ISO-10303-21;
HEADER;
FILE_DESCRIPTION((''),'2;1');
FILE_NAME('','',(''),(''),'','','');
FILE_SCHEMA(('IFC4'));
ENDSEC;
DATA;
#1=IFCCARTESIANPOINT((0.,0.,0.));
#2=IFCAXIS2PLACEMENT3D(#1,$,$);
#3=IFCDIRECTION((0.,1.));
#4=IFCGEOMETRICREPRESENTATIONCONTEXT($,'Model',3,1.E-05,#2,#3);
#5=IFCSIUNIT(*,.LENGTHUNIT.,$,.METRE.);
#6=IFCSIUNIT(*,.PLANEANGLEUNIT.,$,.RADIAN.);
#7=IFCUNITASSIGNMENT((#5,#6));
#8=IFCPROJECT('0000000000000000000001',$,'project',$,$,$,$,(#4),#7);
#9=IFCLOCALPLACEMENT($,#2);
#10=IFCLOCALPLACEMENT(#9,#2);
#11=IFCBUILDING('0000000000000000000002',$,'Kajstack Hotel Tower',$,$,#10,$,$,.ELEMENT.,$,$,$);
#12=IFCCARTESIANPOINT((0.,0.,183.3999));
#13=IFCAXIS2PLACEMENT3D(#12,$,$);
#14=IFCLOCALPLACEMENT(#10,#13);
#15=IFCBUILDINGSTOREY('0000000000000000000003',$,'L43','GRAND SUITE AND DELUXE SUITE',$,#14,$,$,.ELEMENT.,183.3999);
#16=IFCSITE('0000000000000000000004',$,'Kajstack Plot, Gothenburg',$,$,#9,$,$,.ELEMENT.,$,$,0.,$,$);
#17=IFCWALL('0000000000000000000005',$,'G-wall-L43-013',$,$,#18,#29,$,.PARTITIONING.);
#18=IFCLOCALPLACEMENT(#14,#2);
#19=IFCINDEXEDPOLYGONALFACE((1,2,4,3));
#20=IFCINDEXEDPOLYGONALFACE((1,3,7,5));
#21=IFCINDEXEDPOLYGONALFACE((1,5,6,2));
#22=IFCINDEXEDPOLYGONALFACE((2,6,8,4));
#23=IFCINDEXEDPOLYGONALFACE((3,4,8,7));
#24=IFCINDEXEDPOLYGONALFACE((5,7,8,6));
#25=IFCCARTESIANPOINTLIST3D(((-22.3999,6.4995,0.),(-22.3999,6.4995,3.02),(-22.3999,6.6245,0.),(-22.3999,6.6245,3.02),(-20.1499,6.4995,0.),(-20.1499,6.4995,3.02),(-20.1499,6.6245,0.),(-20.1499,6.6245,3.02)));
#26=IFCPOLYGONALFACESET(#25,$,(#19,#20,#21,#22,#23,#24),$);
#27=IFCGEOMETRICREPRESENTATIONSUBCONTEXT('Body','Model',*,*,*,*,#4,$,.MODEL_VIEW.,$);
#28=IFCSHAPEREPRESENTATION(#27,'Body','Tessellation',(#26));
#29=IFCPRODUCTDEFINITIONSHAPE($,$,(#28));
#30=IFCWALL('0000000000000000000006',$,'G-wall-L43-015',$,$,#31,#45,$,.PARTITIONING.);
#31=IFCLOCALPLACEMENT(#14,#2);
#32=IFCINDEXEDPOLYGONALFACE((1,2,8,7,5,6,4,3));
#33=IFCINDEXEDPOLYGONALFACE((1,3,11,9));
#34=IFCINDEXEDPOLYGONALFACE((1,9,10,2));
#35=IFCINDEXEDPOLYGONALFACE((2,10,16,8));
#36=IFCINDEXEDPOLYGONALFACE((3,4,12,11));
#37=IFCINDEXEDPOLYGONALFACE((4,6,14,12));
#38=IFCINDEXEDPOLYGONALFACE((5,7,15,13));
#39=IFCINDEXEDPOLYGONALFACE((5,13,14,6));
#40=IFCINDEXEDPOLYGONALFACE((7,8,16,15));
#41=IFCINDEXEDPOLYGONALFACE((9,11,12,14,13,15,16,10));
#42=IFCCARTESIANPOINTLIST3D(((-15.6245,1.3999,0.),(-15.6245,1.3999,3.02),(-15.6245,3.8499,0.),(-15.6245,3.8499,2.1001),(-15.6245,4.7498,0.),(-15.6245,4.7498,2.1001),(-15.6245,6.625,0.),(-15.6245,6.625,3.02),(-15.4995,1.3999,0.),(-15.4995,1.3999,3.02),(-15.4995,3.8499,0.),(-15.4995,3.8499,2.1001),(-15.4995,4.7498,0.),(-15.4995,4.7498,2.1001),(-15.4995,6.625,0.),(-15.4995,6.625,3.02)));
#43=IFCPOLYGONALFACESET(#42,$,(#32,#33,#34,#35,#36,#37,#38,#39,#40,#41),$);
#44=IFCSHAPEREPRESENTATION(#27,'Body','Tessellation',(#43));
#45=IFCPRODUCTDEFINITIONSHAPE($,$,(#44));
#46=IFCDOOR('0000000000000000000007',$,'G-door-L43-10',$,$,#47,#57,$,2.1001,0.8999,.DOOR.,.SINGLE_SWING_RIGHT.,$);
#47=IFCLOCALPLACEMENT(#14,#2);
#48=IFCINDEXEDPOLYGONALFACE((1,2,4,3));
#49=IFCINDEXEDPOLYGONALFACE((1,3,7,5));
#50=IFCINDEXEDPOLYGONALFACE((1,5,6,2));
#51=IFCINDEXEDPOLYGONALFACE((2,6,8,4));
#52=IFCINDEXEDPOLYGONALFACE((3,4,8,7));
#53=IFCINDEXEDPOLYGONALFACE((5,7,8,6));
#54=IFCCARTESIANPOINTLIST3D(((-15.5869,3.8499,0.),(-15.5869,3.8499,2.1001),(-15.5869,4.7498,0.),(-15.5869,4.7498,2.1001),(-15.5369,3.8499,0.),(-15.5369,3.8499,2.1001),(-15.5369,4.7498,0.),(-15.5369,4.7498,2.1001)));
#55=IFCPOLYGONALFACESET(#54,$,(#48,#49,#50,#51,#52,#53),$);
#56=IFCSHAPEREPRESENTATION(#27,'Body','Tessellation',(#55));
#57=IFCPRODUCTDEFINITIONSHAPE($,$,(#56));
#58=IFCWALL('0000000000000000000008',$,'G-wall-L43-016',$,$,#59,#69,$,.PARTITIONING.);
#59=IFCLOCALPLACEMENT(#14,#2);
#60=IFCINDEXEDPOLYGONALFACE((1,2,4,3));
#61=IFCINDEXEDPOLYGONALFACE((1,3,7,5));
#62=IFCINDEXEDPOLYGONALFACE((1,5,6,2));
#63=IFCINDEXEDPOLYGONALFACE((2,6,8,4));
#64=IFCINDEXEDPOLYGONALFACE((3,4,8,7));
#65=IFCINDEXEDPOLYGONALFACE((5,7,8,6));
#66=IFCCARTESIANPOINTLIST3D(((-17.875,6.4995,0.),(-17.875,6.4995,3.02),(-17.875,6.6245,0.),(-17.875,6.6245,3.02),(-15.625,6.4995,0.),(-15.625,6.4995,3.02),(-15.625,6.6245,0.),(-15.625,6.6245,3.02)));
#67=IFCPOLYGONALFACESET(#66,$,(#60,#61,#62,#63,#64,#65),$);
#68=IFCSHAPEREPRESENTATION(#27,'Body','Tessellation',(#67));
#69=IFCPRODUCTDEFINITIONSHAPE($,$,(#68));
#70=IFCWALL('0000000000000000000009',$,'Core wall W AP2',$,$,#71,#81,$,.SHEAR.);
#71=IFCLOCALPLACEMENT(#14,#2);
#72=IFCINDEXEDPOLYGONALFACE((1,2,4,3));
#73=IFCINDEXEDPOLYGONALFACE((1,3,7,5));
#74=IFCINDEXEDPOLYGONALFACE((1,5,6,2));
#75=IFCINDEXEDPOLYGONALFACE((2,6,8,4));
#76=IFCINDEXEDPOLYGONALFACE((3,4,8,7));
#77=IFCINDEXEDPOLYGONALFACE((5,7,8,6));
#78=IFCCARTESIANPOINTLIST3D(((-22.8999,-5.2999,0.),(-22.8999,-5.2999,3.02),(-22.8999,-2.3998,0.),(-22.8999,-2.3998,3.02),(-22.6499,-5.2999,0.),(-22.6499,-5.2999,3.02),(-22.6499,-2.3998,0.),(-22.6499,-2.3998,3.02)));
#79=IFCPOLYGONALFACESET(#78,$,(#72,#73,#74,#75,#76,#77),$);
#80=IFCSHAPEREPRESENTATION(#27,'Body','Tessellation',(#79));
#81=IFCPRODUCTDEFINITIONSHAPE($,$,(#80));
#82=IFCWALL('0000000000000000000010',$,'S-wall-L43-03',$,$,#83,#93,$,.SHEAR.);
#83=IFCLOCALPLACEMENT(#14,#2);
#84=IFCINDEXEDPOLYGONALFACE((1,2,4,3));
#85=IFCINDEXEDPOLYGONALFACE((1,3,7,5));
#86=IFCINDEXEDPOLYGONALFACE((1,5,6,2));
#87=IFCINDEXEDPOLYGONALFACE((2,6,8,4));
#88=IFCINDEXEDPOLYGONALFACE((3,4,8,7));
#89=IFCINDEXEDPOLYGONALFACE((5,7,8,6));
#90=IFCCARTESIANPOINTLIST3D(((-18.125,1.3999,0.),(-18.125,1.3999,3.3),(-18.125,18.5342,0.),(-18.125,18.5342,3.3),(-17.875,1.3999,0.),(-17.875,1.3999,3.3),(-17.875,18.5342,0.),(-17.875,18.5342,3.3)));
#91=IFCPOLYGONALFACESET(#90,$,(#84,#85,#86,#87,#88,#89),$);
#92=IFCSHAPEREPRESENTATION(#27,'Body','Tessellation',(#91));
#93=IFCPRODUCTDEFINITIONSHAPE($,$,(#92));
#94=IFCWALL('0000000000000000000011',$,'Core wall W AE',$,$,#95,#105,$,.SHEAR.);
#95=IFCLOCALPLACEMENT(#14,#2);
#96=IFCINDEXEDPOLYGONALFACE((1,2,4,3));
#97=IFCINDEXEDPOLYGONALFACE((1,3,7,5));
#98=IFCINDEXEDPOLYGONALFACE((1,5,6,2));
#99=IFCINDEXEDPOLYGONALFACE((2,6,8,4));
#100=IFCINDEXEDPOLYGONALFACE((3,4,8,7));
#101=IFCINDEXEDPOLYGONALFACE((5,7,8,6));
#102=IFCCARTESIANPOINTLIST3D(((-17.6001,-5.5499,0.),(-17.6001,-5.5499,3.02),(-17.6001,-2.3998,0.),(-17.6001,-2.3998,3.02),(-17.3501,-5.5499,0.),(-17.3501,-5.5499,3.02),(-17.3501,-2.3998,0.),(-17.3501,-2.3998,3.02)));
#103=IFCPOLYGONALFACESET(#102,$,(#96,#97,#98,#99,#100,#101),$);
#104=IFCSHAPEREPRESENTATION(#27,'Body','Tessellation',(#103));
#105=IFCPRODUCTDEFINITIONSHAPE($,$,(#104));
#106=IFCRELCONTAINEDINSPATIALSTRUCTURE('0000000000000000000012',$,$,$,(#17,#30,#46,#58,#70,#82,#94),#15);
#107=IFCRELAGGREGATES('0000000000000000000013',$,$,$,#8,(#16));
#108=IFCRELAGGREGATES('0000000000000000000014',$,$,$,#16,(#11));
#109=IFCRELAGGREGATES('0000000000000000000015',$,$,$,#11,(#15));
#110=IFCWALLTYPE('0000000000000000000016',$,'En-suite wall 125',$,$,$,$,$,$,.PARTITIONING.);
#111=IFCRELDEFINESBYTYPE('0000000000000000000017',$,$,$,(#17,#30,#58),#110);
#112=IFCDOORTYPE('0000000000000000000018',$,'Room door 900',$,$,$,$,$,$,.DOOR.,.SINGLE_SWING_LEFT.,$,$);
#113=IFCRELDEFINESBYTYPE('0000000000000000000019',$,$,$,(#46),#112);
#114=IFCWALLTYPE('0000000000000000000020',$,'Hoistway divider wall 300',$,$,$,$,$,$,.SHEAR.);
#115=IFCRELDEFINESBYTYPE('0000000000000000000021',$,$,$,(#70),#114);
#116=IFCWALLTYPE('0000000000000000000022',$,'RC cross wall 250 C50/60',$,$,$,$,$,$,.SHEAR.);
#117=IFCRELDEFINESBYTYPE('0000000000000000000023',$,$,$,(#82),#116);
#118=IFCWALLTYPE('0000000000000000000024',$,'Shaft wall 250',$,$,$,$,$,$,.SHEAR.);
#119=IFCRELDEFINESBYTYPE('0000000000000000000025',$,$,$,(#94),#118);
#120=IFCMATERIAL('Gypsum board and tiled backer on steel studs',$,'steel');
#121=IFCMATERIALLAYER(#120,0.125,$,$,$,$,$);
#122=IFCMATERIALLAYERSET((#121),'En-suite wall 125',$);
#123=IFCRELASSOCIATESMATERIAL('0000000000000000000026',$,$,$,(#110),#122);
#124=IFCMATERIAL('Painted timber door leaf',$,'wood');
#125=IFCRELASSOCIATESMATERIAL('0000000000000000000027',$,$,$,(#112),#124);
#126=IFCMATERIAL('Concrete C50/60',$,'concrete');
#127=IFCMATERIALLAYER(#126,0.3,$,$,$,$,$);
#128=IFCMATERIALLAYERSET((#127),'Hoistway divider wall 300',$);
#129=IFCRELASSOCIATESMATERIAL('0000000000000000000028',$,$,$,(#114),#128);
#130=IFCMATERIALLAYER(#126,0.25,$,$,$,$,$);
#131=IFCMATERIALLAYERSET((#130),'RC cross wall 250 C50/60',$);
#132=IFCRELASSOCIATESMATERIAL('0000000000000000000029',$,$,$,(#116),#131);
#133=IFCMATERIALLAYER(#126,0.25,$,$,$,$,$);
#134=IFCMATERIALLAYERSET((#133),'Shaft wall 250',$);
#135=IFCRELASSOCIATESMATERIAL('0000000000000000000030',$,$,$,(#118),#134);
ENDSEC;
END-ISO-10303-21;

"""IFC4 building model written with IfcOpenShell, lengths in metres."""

from ifc_helpers import new_model, si_unit, direction, frame, frame_2d, origin, place, context, subcontext, project, spatial, rectangle, extrude, material, layer, layer_set, type_object, element, fill, save


model = new_model("IFC4")

# Units and contexts
model_context = context("Model", 3, precision=1e-05, world=origin(), true_north=direction((0.0, 1.0)))
body_context = subcontext(model_context, "Body", "Model", "MODEL_VIEW")
ifc_project = project(units=[si_unit("LENGTHUNIT", "METRE"), si_unit("PLANEANGLEUNIT", "RADIAN")], contexts=[model_context])

# Site, building, storey
site_placement = place(None, origin())
site = spatial("IfcSite", under=ifc_project, at=site_placement, Name="Kajstack Plot, Gothenburg", CompositionType="ELEMENT", RefElevation=0.0)
building_placement = place(site_placement, origin())
building = spatial("IfcBuilding", under=site, at=building_placement, Name="Kajstack Hotel Tower", CompositionType="ELEMENT")
storey_placement = place(building_placement, frame((0.0, 0.0, 183.3999)))
storey = spatial("IfcBuildingStorey", under=building, at=storey_placement, Name="L43", Description="GRAND SUITE AND DELUXE SUITE", CompositionType="ELEMENT", Elevation=183.3999)

# Shared definitions
ifc_material_1 = material(Name="Gypsum board and tiled backer on steel studs", Category="steel")
ifc_layer_1 = layer(ifc_material_1, 0.125)
ifc_layer_set_1 = layer_set([ifc_layer_1], Name="En-suite wall 125")
wall_type_1 = type_object("IfcWallType", Name="En-suite wall 125", PredefinedType="PARTITIONING", material=ifc_layer_set_1)
ifc_material_2 = material(Name="Painted timber door leaf", Category="wood")
door_type_1 = type_object("IfcDoorType", Name="Room door 900", OperationType="SINGLE_SWING_LEFT", PredefinedType="DOOR", material=ifc_material_2)

# Wall
wall_1_placement = place(storey_placement, frame((-22.3999, 6.562, 0.0), z_axis=(0.0, 0.0, 1.0), x_axis=(1.0, 0.0, 0.0)))
element("IfcWall", 1, at=wall_1_placement, inside=storey, type_object=wall_type_1, Name="G-wall-L43-013", PredefinedType="PARTITIONING", context=body_context, shape_type="SweptSolid", body=[
    extrude(rectangle(XDim=2.25, YDim=0.125, at=frame_2d((1.125, 0.0))), origin(), (0.0, 0.0, 1.0), 3.02),
])

# Wall, opening, door
wall_2_placement = place(storey_placement, frame((-15.562, 1.3999, 0.0), z_axis=(0.0, 0.0, 1.0), x_axis=(0.0, 1.0, 0.0)))
wall_2 = element("IfcWall", 2, at=wall_2_placement, inside=storey, type_object=wall_type_1, Name="G-wall-L43-015", PredefinedType="PARTITIONING", context=body_context, shape_type="SweptSolid", body=[
    extrude(rectangle(XDim=5.2251, YDim=0.125, at=frame_2d((2.6125, 0.0))), origin(), (0.0, 0.0, 1.0), 3.02),
])
opening_1_placement = place(wall_2_placement, frame((2.45, 0.0, 0.0)))
opening_1 = element("IfcOpeningElement", 3, at=opening_1_placement, cuts=wall_2, PredefinedType="OPENING", context=body_context, shape_type="SweptSolid", body=[
    extrude(rectangle(XDim=0.8999, YDim=2.1001, at=frame_2d((0.45, 1.05))), frame((0.0, 0.0725, 0.0), z_axis=(0.0, -1.0, 0.0), x_axis=(1.0, 0.0, 0.0)), (0.0, 0.0, 1.0), 0.145),
])
door_1_placement = place(opening_1_placement, origin())
door_1 = element("IfcDoor", 4, at=door_1_placement, inside=storey, type_object=door_type_1, Name="G-door-L43-10", OperationType="SINGLE_SWING_RIGHT", OverallHeight=2.1001, OverallWidth=0.8999, PredefinedType="DOOR", context=body_context, shape_type="SweptSolid", body=[
    extrude(rectangle(XDim=0.8999, YDim=2.1001, at=frame_2d((0.45, 1.05))), frame((0.0, 0.0249, 0.0), z_axis=(0.0, -1.0, 0.0), x_axis=(1.0, 0.0, 0.0)), (0.0, 0.0, 1.0), 0.05),
])
fill(opening_1, door_1)

# Walls
wall_3_placement = place(storey_placement, frame((-17.875, 6.562, 0.0), z_axis=(0.0, 0.0, 1.0), x_axis=(1.0, 0.0, 0.0)))
element("IfcWall", 5, at=wall_3_placement, inside=storey, type_object=wall_type_1, Name="G-wall-L43-016", PredefinedType="PARTITIONING", context=body_context, shape_type="SweptSolid", body=[
    extrude(rectangle(XDim=2.25, YDim=0.125, at=frame_2d((1.125, 0.0))), origin(), (0.0, 0.0, 1.0), 3.02),
])
ifc_material_3 = material(Name="Concrete C50/60", Category="concrete")
ifc_layer_2 = layer(ifc_material_3, 0.3)
ifc_layer_set_2 = layer_set([ifc_layer_2], Name="Hoistway divider wall 300")
wall_type_2 = type_object("IfcWallType", Name="Hoistway divider wall 300", PredefinedType="SHEAR", material=ifc_layer_set_2)
wall_4_placement = place(storey_placement, frame((-22.7749, -5.3, 0.0), z_axis=(0.0, 0.0, 1.0), x_axis=(0.0, 1.0, 0.0)))
element("IfcWall", 6, at=wall_4_placement, inside=storey, type_object=wall_type_2, Name="Core wall W AP2", PredefinedType="SHEAR", context=body_context, shape_type="SweptSolid", body=[
    extrude(rectangle(XDim=2.9001, YDim=0.25, at=frame_2d((1.4502, 0.0))), origin(), (0.0, 0.0, 1.0), 3.02),
])
ifc_layer_3 = layer(ifc_material_3, 0.25)
ifc_layer_set_3 = layer_set([ifc_layer_3], Name="RC cross wall 250 C50/60")
wall_type_3 = type_object("IfcWallType", Name="RC cross wall 250 C50/60", PredefinedType="SHEAR", material=ifc_layer_set_3)
wall_5_placement = place(storey_placement, frame((-18.0, 1.3999, 0.0), z_axis=(0.0, 0.0, 1.0), x_axis=(0.0, 1.0, 0.0)))
element("IfcWall", 7, at=wall_5_placement, inside=storey, type_object=wall_type_3, Name="S-wall-L43-03", PredefinedType="SHEAR", context=body_context, shape_type="SweptSolid", body=[
    extrude(rectangle(XDim=17.1343, YDim=0.25, at=frame_2d((8.5671, 0.0))), origin(), (0.0, 0.0, 1.0), 3.3),
])
ifc_layer_4 = layer(ifc_material_3, 0.25)
ifc_layer_set_4 = layer_set([ifc_layer_4], Name="Shaft wall 250")
wall_type_4 = type_object("IfcWallType", Name="Shaft wall 250", PredefinedType="SHEAR", material=ifc_layer_set_4)
wall_6_placement = place(storey_placement, frame((-17.4751, -5.55, 0.0), z_axis=(0.0, 0.0, 1.0), x_axis=(0.0, 1.0, 0.0)))
element("IfcWall", 8, at=wall_6_placement, inside=storey, type_object=wall_type_4, Name="Core wall W AE", PredefinedType="SHEAR", context=body_context, shape_type="SweptSolid", body=[
    extrude(rectangle(XDim=3.1501, YDim=0.25, at=frame_2d((1.5752, 0.0))), origin(), (0.0, 0.0, 1.0), 3.02),
])

save(model, "model.ifc")
